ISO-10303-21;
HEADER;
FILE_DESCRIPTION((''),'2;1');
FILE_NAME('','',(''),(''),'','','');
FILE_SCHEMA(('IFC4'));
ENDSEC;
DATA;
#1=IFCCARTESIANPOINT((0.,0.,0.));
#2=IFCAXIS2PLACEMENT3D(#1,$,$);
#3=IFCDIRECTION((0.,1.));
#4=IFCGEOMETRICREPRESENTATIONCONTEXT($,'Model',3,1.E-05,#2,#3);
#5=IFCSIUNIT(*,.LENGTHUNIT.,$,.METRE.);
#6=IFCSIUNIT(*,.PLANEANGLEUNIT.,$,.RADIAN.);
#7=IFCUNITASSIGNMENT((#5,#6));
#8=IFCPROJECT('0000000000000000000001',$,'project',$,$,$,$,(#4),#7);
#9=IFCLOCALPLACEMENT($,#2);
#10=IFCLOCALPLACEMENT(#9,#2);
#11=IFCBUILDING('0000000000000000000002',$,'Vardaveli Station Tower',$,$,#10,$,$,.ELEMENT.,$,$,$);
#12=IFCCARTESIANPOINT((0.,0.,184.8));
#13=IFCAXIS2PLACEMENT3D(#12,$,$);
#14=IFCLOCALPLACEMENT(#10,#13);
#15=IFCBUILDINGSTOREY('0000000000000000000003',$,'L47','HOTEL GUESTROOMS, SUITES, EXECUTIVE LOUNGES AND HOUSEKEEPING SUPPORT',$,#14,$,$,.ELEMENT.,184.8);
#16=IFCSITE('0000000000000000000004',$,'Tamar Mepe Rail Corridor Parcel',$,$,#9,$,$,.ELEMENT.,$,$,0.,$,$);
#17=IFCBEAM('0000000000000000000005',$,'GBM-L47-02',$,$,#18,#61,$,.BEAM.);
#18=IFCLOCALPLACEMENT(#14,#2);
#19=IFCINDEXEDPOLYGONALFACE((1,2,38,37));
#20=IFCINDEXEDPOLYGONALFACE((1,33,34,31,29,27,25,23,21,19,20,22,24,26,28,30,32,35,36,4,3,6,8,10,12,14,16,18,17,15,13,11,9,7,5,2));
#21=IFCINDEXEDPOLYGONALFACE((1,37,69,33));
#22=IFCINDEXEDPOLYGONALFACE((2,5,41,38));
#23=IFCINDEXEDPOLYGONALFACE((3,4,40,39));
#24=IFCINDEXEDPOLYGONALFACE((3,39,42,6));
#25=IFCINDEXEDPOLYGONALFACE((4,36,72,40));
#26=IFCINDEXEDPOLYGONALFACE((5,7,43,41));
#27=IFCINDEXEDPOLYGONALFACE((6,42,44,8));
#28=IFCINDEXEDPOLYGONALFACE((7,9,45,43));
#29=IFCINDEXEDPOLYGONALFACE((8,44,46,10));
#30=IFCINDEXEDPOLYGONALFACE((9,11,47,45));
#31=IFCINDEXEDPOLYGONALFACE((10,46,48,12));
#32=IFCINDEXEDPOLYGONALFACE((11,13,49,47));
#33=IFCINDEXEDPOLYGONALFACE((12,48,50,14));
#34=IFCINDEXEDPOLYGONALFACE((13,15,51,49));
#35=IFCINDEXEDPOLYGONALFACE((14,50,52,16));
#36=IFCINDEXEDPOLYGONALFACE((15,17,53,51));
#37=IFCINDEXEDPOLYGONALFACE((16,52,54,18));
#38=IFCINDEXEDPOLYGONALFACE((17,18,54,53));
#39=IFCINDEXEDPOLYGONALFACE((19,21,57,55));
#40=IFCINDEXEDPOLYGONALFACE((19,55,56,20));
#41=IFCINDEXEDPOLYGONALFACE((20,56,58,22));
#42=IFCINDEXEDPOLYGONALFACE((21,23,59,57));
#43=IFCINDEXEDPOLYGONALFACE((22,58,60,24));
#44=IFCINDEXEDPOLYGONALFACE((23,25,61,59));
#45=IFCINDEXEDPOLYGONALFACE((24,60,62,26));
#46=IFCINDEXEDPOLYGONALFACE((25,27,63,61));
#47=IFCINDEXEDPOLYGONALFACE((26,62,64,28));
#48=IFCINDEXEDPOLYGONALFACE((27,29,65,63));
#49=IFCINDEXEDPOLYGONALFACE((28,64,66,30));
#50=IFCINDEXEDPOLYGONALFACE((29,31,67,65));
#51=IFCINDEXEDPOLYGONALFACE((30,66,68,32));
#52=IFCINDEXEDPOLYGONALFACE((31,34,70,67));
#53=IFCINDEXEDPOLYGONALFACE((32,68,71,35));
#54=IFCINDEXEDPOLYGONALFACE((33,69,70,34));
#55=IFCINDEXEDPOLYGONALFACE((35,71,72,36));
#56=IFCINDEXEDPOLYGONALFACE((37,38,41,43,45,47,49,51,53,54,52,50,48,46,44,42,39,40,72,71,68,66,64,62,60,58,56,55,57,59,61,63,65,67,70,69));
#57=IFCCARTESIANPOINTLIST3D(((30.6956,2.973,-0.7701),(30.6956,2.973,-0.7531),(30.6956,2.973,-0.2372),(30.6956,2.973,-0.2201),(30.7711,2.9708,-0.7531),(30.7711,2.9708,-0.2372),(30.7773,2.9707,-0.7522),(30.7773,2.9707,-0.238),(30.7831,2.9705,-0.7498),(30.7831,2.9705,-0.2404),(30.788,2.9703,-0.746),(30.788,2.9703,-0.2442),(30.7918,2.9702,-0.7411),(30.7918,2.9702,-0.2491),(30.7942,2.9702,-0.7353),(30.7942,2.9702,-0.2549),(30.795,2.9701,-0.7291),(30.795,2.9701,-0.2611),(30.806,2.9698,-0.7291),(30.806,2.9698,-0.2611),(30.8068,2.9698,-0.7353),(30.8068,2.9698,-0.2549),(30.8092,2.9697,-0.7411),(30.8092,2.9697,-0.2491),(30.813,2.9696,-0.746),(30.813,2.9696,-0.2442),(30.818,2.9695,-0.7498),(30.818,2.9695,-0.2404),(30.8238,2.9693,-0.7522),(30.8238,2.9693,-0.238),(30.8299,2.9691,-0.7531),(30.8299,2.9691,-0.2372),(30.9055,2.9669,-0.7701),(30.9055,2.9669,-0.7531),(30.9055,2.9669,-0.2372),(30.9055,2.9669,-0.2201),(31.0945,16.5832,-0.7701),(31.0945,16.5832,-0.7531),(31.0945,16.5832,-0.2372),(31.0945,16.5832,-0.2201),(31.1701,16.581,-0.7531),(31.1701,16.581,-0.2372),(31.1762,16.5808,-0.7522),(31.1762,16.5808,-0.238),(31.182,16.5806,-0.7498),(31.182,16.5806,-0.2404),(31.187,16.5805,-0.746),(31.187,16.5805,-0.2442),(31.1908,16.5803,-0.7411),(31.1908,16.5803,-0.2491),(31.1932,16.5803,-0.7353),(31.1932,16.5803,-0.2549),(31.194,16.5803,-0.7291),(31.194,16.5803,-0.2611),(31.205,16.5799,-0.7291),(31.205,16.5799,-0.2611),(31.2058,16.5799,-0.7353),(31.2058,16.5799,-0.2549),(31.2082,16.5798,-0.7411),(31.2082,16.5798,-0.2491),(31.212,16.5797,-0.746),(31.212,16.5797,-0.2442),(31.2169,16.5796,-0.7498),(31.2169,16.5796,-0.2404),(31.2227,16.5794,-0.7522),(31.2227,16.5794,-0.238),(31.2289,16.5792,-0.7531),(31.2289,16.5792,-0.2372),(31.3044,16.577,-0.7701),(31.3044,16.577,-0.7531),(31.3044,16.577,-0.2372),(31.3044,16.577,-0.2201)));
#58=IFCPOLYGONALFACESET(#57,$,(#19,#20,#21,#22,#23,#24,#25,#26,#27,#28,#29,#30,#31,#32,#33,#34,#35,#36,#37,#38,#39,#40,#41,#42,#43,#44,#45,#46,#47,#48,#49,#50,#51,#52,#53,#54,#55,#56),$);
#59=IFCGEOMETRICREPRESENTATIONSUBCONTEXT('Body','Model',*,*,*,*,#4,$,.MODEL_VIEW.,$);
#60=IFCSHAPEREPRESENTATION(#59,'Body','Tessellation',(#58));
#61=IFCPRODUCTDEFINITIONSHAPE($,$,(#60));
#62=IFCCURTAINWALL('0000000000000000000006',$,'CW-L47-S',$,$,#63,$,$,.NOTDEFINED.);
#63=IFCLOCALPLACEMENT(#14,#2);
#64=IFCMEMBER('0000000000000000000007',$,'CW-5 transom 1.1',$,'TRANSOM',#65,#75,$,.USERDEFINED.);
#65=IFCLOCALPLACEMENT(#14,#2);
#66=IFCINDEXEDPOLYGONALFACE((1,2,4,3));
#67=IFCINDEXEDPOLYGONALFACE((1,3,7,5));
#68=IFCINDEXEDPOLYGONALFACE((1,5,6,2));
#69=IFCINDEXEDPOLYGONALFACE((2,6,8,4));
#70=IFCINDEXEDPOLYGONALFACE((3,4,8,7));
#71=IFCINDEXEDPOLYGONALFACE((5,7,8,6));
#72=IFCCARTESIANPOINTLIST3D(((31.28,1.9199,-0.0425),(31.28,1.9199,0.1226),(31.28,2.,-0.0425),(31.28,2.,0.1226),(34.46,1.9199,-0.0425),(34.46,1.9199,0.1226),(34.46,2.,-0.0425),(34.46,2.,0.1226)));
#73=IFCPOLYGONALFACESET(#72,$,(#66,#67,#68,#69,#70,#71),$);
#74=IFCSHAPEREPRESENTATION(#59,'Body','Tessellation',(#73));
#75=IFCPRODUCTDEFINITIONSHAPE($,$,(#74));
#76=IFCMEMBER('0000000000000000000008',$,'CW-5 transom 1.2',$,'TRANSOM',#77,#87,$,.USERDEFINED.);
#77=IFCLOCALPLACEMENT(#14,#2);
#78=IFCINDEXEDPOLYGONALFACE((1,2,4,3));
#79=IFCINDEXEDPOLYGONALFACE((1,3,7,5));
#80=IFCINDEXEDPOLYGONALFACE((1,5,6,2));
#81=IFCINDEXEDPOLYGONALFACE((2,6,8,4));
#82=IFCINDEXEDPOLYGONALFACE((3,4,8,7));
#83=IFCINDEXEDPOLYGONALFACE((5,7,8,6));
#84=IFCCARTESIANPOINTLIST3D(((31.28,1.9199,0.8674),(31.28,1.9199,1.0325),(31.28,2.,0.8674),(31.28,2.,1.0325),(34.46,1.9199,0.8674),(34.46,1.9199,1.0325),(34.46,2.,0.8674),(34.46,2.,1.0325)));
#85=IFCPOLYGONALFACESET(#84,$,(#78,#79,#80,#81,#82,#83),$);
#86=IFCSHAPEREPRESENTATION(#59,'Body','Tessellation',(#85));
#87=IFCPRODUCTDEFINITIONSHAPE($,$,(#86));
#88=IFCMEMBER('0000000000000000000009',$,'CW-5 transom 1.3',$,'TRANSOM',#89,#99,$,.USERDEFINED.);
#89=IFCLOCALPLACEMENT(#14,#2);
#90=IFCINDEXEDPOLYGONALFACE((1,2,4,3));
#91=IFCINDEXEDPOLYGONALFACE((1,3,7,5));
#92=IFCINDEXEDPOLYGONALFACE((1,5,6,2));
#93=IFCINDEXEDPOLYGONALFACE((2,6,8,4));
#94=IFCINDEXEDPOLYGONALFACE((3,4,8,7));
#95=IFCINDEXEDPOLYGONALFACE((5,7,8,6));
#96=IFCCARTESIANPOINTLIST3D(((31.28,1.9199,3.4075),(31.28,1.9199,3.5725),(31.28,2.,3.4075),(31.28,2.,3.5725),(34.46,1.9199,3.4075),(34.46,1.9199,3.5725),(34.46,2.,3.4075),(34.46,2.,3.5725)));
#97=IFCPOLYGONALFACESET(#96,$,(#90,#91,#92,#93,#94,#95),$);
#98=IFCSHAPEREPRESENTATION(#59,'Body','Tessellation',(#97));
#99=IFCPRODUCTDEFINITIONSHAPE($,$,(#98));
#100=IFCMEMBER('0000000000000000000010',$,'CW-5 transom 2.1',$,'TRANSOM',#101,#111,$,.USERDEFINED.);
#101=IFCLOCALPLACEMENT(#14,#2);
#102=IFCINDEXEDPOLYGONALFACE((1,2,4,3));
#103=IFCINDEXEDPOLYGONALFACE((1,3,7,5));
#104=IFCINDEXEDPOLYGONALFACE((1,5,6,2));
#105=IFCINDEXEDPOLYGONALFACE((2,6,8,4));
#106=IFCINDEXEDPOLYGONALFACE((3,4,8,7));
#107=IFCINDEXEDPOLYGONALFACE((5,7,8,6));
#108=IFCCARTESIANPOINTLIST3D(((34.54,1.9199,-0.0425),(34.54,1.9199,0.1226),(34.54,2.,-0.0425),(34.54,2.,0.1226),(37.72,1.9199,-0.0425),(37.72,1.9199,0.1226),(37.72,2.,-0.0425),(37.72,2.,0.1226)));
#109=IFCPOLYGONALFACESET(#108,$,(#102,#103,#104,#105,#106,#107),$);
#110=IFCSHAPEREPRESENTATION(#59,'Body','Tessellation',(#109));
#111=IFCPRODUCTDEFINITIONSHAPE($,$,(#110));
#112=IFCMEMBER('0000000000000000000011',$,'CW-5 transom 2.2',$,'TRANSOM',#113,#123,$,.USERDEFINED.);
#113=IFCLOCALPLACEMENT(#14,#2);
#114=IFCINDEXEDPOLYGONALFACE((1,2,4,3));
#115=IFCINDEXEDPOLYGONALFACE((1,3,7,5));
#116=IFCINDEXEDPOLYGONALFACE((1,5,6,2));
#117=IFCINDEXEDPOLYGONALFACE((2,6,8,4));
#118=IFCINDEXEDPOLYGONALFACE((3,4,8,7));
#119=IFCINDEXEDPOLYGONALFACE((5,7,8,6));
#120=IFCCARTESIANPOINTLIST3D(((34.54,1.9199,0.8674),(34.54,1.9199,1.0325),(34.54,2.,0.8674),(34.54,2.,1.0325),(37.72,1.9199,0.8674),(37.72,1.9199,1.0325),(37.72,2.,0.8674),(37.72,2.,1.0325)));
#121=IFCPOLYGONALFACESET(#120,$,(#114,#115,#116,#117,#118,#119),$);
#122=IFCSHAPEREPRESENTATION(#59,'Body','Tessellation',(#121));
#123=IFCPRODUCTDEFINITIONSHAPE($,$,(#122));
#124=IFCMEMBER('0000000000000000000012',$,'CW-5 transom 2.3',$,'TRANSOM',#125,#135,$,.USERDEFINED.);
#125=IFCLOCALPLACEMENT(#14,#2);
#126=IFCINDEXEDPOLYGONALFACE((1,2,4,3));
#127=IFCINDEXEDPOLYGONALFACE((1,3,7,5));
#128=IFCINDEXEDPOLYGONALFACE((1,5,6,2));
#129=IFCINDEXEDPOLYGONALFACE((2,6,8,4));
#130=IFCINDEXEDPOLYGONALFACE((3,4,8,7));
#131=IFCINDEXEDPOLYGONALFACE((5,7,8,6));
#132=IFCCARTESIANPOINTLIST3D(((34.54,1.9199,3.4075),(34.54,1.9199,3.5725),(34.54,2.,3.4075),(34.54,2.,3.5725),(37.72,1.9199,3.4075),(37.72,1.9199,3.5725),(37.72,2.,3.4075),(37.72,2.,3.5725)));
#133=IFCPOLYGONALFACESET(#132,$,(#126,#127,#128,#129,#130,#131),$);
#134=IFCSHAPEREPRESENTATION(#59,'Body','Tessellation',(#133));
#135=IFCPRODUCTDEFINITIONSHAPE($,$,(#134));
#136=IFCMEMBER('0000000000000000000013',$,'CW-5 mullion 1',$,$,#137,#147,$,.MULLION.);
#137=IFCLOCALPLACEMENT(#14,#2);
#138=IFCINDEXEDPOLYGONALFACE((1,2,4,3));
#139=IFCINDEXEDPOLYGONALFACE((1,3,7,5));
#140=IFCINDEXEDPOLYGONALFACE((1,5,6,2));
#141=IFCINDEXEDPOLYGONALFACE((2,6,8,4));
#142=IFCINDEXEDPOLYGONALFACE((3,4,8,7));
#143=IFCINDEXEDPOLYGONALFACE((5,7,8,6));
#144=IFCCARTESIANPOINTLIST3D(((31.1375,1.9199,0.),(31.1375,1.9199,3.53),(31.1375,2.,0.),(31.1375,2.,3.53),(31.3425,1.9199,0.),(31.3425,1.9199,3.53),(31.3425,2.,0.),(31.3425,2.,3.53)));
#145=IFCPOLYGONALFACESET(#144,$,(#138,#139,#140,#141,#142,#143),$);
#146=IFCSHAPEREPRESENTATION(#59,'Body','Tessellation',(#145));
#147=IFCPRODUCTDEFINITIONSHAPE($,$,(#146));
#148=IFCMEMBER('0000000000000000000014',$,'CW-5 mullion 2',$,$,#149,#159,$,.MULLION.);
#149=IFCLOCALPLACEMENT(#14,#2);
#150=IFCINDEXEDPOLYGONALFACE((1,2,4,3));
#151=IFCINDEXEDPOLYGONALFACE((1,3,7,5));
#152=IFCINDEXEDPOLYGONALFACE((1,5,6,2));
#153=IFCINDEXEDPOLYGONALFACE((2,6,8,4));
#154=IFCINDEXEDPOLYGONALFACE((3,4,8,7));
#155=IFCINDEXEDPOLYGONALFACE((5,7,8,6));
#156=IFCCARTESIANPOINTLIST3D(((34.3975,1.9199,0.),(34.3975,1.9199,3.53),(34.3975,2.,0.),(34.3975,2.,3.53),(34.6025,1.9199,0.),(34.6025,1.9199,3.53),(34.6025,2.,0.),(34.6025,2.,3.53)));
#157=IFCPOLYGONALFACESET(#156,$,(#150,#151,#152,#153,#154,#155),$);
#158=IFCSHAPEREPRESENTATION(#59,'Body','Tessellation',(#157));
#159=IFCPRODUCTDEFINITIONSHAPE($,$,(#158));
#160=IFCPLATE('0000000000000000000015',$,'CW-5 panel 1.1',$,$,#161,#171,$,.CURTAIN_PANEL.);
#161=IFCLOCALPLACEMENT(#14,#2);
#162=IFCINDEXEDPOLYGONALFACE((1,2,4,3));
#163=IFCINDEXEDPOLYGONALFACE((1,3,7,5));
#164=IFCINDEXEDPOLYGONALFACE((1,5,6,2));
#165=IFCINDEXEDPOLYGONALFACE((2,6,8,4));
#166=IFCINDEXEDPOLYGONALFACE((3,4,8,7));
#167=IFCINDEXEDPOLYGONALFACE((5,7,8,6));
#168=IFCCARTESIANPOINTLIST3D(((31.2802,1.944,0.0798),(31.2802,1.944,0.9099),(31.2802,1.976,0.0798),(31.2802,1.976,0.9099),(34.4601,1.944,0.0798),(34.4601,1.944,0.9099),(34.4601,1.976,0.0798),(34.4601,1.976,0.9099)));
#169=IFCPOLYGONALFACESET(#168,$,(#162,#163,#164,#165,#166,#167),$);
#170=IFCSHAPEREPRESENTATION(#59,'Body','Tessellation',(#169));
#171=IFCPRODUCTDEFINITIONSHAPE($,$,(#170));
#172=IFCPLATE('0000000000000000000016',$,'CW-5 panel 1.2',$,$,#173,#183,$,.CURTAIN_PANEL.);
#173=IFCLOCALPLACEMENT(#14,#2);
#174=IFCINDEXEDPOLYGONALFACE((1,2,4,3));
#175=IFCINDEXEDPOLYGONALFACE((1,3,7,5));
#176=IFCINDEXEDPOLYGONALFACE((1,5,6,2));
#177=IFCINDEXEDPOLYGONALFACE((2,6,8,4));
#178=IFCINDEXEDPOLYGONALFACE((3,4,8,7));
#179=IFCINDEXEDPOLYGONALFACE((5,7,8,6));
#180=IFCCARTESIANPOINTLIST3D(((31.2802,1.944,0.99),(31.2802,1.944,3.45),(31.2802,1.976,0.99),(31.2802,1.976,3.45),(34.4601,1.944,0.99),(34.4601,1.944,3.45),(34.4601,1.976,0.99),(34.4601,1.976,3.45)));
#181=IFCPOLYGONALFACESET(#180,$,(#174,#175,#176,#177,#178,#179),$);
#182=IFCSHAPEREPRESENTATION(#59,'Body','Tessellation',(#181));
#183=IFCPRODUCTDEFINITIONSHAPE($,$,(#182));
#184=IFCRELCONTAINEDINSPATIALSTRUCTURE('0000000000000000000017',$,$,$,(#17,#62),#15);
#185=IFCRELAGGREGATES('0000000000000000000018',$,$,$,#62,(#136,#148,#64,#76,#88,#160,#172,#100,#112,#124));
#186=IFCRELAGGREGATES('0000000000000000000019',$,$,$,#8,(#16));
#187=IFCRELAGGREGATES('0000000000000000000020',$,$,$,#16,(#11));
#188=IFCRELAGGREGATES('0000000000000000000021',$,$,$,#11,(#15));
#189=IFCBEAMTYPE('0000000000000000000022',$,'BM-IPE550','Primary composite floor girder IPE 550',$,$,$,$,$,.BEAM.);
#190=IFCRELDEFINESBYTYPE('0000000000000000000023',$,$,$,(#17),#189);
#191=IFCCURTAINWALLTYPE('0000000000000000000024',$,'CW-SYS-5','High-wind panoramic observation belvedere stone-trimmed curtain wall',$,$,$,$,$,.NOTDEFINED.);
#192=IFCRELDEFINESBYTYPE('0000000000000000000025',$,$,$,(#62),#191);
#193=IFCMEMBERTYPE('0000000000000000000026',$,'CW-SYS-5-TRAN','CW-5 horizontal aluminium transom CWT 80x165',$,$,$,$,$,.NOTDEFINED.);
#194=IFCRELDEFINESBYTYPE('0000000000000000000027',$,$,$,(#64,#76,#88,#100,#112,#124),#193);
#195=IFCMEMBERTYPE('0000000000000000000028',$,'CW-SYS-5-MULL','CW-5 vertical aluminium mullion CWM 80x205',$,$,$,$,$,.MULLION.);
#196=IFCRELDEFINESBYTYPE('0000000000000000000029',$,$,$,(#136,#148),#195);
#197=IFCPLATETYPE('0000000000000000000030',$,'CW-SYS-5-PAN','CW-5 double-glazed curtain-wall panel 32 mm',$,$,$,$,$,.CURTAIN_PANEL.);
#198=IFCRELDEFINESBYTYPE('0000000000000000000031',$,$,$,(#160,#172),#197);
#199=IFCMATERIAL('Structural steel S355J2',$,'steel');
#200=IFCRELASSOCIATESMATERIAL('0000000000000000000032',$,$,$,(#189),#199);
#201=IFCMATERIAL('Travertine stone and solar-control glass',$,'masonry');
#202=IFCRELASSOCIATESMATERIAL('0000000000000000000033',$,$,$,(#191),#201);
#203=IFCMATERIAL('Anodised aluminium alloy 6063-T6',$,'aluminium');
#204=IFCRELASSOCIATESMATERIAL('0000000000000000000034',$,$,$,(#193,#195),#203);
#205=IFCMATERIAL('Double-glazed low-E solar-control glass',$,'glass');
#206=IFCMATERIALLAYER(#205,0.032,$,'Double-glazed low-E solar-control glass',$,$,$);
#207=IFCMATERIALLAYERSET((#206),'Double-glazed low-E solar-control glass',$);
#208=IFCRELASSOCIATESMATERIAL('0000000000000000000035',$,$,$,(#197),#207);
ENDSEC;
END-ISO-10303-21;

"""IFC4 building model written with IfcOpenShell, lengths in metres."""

from ifc_helpers import new_model, si_unit, direction, frame, origin, origin_2d, place, context, subcontext, project, spatial, rectangle, i_section, extrude, source, transform, mapped, material, layer, layer_set, material_profile, profile_set, type_object, element, aggregate, save


model = new_model("IFC4")

# Units and contexts
model_context = context("Model", 3, precision=1e-05, world=origin(), true_north=direction((0.0, 1.0)))
body_context = subcontext(model_context, "Body", "Model", "MODEL_VIEW")
ifc_project = project(units=[si_unit("LENGTHUNIT", "METRE"), si_unit("PLANEANGLEUNIT", "RADIAN")], contexts=[model_context])

# Site, building, storey
site_placement = place(None, origin())
site = spatial("IfcSite", under=ifc_project, at=site_placement, Name="Tamar Mepe Rail Corridor Parcel", CompositionType="ELEMENT", RefElevation=0.0)
building_placement = place(site_placement, origin())
building = spatial("IfcBuilding", under=site, at=building_placement, Name="Vardaveli Station Tower", CompositionType="ELEMENT")
storey_placement = place(building_placement, frame((0.0, 0.0, 184.8)))
storey = spatial("IfcBuildingStorey", under=building, at=storey_placement, Name="L47", Description="HOTEL GUESTROOMS, SUITES, EXECUTIVE LOUNGES AND HOUSEKEEPING SUPPORT", CompositionType="ELEMENT", Elevation=184.8)

# Beam
ifc_material_1 = material(Name="Structural steel S355J2", Category="steel")
ifc_material_profile_1 = material_profile(ifc_material_1, i_section(OverallWidth=0.21, OverallDepth=0.55, WebThickness=0.011, FlangeThickness=0.0171, FilletRadius=0.0239, at=origin_2d()), Name="IPE 550")
ifc_profile_set_1 = profile_set([ifc_material_profile_1], Name="Structural steel S355J2")
beam_type_1 = type_object("IfcBeamType", Name="BM-IPE550", Description="Primary composite floor girder IPE 550", PredefinedType="BEAM", material=ifc_profile_set_1)
shared_shape_1 = source(origin(), body_context, "Body", "SweptSolid", [
    extrude(i_section(OverallWidth=0.21, OverallDepth=0.55, WebThickness=0.011, FlangeThickness=0.0171, FilletRadius=0.0239, at=origin_2d()), origin(), (0.0, 0.0, 1.0), 13.616),
])
beam_1_placement = place(storey_placement, frame((30.8005, 2.97, -0.4951), z_axis=(0.029298, 0.999571, 0.0), x_axis=(-0.999571, 0.029298, 0.0)))
element("IfcBeam", 1, at=beam_1_placement, inside=storey, type_object=beam_type_1, Name="GBM-L47-02", PredefinedType="BEAM", context=body_context, shape_type="MappedRepresentation", body=[
    mapped(shared_shape_1, transform((0.0, 0.0, 0.0), scale=1.0)),
])

# Curtain wall, members, plates
ifc_material_2 = material(Name="Travertine stone and solar-control glass", Category="masonry")
curtain_wall_type = type_object("IfcCurtainWallType", Name="CW-SYS-5", Description="High-wind panoramic observation belvedere stone-trimmed curtain wall", PredefinedType="NOTDEFINED", material=ifc_material_2)
curtain_wall_placement = place(storey_placement, origin())
curtain_wall = element("IfcCurtainWall", 2, at=curtain_wall_placement, inside=storey, type_object=curtain_wall_type, Name="CW-L47-S", PredefinedType="NOTDEFINED")
ifc_material_3 = material(Name="Anodised aluminium alloy 6063-T6", Category="aluminium")
ifc_material_profile_2 = material_profile(ifc_material_3, rectangle(XDim=0.0801, YDim=0.165, at=origin_2d()), Name="CWT 80x165")
ifc_profile_set_2 = profile_set([ifc_material_profile_2], Name="Anodised aluminium alloy 6063-T6")
member_type_1 = type_object("IfcMemberType", Name="CW-SYS-5-TRAN", Description="CW-5 horizontal aluminium transom CWT 80x165", PredefinedType="NOTDEFINED", material=ifc_profile_set_2)
shared_shape_2 = source(origin(), body_context, "Body", "SweptSolid", [
    extrude(rectangle(XDim=0.0801, YDim=0.165, at=origin_2d()), origin(), (0.0, 0.0, 1.0), 3.1799),
])
member_1_placement = place(storey_placement, frame((31.28, 1.96, 0.04), z_axis=(1.0, 0.0, 0.0), x_axis=(0.0, 1.0, 0.0)))
member_1 = element("IfcMember", 3, at=member_1_placement, type_object=member_type_1, Name="CW-5 transom 1.1", ObjectType="TRANSOM", PredefinedType="USERDEFINED", context=body_context, shape_type="MappedRepresentation", body=[
    mapped(shared_shape_2, transform((0.0, 0.0, 0.0), scale=1.0)),
])
member_2_placement = place(storey_placement, frame((31.28, 1.96, 0.95), z_axis=(1.0, 0.0, 0.0), x_axis=(0.0, 1.0, 0.0)))
member_2 = element("IfcMember", 4, at=member_2_placement, type_object=member_type_1, Name="CW-5 transom 1.2", ObjectType="TRANSOM", PredefinedType="USERDEFINED", context=body_context, shape_type="MappedRepresentation", body=[
    mapped(shared_shape_2, transform((0.0, 0.0, 0.0), scale=1.0)),
])
member_3_placement = place(storey_placement, frame((31.28, 1.96, 3.49), z_axis=(1.0, 0.0, 0.0), x_axis=(0.0, 1.0, 0.0)))
member_3 = element("IfcMember", 5, at=member_3_placement, type_object=member_type_1, Name="CW-5 transom 1.3", ObjectType="TRANSOM", PredefinedType="USERDEFINED", context=body_context, shape_type="MappedRepresentation", body=[
    mapped(shared_shape_2, transform((0.0, 0.0, 0.0), scale=1.0)),
])
member_4_placement = place(storey_placement, frame((34.54, 1.96, 0.04), z_axis=(1.0, 0.0, 0.0), x_axis=(0.0, 1.0, 0.0)))
member_4 = element("IfcMember", 6, at=member_4_placement, type_object=member_type_1, Name="CW-5 transom 2.1", ObjectType="TRANSOM", PredefinedType="USERDEFINED", context=body_context, shape_type="MappedRepresentation", body=[
    mapped(shared_shape_2, transform((0.0, 0.0, 0.0), scale=1.0)),
])
member_5_placement = place(storey_placement, frame((34.54, 1.96, 0.95), z_axis=(1.0, 0.0, 0.0), x_axis=(0.0, 1.0, 0.0)))
member_5 = element("IfcMember", 7, at=member_5_placement, type_object=member_type_1, Name="CW-5 transom 2.2", ObjectType="TRANSOM", PredefinedType="USERDEFINED", context=body_context, shape_type="MappedRepresentation", body=[
    mapped(shared_shape_2, transform((0.0, 0.0, 0.0), scale=1.0)),
])
member_6_placement = place(storey_placement, frame((34.54, 1.96, 3.49), z_axis=(1.0, 0.0, 0.0), x_axis=(0.0, 1.0, 0.0)))
member_6 = element("IfcMember", 8, at=member_6_placement, type_object=member_type_1, Name="CW-5 transom 2.3", ObjectType="TRANSOM", PredefinedType="USERDEFINED", context=body_context, shape_type="MappedRepresentation", body=[
    mapped(shared_shape_2, transform((0.0, 0.0, 0.0), scale=1.0)),
])
ifc_material_profile_3 = material_profile(ifc_material_3, rectangle(XDim=0.0801, YDim=0.2051, at=origin_2d()), Name="CWM 80x205")
ifc_profile_set_3 = profile_set([ifc_material_profile_3], Name="Anodised aluminium alloy 6063-T6")
member_type_2 = type_object("IfcMemberType", Name="CW-SYS-5-MULL", Description="CW-5 vertical aluminium mullion CWM 80x205", PredefinedType="MULLION", material=ifc_profile_set_3)
shared_shape_3 = source(origin(), body_context, "Body", "SweptSolid", [
    extrude(rectangle(XDim=0.0801, YDim=0.2051, at=origin_2d()), origin(), (0.0, 0.0, 1.0), 3.53),
])
member_7_placement = place(storey_placement, frame((31.24, 1.96, 0.0), z_axis=(0.0, 0.0, 1.0), x_axis=(0.0, 1.0, 0.0)))
member_7 = element("IfcMember", 9, at=member_7_placement, type_object=member_type_2, Name="CW-5 mullion 1", PredefinedType="MULLION", context=body_context, shape_type="MappedRepresentation", body=[
    mapped(shared_shape_3, transform((0.0, 0.0, 0.0), scale=1.0)),
])
member_8_placement = place(storey_placement, frame((34.5, 1.96, 0.0), z_axis=(0.0, 0.0, 1.0), x_axis=(0.0, 1.0, 0.0)))
member_8 = element("IfcMember", 10, at=member_8_placement, type_object=member_type_2, Name="CW-5 mullion 2", PredefinedType="MULLION", context=body_context, shape_type="MappedRepresentation", body=[
    mapped(shared_shape_3, transform((0.0, 0.0, 0.0), scale=1.0)),
])
ifc_material_4 = material(Name="Double-glazed low-E solar-control glass", Category="glass")
ifc_layer_1 = layer(ifc_material_4, 0.032, Name="Double-glazed low-E solar-control glass")
ifc_layer_set_1 = layer_set([ifc_layer_1], Name="Double-glazed low-E solar-control glass")
plate_type = type_object("IfcPlateType", Name="CW-SYS-5-PAN", Description="CW-5 double-glazed curtain-wall panel 32 mm", PredefinedType="CURTAIN_PANEL", material=ifc_layer_set_1)
shared_shape_4 = source(origin(), body_context, "Body", "SweptSolid", [
    extrude(rectangle(XDim=3.1799, YDim=0.032, at=origin_2d()), origin(), (0.0, 0.0, 1.0), 0.8301),
])
plate_1_placement = place(storey_placement, frame((32.8701, 1.96, 0.0798), z_axis=(0.0, 0.0, 1.0), x_axis=(1.0, 0.0, 0.0)))
plate_1 = element("IfcPlate", 11, at=plate_1_placement, type_object=plate_type, Name="CW-5 panel 1.1", PredefinedType="CURTAIN_PANEL", context=body_context, shape_type="MappedRepresentation", body=[
    mapped(shared_shape_4, transform((0.0, 0.0, 0.0), scale=1.0)),
])
shared_shape_5 = source(origin(), body_context, "Body", "SweptSolid", [
    extrude(rectangle(XDim=3.1799, YDim=0.032, at=origin_2d()), origin(), (0.0, 0.0, 1.0), 2.46),
])
plate_2_placement = place(storey_placement, frame((32.8701, 1.96, 0.99), z_axis=(0.0, 0.0, 1.0), x_axis=(1.0, 0.0, 0.0)))
plate_2 = element("IfcPlate", 12, at=plate_2_placement, type_object=plate_type, Name="CW-5 panel 1.2", PredefinedType="CURTAIN_PANEL", context=body_context, shape_type="MappedRepresentation", body=[
    mapped(shared_shape_5, transform((0.0, 0.0, 0.0), scale=1.0)),
])
aggregate(curtain_wall, [member_7, member_8, member_1, member_2, member_3, plate_1, plate_2, member_4, member_5, member_6])

save(model, "model.ifc")
